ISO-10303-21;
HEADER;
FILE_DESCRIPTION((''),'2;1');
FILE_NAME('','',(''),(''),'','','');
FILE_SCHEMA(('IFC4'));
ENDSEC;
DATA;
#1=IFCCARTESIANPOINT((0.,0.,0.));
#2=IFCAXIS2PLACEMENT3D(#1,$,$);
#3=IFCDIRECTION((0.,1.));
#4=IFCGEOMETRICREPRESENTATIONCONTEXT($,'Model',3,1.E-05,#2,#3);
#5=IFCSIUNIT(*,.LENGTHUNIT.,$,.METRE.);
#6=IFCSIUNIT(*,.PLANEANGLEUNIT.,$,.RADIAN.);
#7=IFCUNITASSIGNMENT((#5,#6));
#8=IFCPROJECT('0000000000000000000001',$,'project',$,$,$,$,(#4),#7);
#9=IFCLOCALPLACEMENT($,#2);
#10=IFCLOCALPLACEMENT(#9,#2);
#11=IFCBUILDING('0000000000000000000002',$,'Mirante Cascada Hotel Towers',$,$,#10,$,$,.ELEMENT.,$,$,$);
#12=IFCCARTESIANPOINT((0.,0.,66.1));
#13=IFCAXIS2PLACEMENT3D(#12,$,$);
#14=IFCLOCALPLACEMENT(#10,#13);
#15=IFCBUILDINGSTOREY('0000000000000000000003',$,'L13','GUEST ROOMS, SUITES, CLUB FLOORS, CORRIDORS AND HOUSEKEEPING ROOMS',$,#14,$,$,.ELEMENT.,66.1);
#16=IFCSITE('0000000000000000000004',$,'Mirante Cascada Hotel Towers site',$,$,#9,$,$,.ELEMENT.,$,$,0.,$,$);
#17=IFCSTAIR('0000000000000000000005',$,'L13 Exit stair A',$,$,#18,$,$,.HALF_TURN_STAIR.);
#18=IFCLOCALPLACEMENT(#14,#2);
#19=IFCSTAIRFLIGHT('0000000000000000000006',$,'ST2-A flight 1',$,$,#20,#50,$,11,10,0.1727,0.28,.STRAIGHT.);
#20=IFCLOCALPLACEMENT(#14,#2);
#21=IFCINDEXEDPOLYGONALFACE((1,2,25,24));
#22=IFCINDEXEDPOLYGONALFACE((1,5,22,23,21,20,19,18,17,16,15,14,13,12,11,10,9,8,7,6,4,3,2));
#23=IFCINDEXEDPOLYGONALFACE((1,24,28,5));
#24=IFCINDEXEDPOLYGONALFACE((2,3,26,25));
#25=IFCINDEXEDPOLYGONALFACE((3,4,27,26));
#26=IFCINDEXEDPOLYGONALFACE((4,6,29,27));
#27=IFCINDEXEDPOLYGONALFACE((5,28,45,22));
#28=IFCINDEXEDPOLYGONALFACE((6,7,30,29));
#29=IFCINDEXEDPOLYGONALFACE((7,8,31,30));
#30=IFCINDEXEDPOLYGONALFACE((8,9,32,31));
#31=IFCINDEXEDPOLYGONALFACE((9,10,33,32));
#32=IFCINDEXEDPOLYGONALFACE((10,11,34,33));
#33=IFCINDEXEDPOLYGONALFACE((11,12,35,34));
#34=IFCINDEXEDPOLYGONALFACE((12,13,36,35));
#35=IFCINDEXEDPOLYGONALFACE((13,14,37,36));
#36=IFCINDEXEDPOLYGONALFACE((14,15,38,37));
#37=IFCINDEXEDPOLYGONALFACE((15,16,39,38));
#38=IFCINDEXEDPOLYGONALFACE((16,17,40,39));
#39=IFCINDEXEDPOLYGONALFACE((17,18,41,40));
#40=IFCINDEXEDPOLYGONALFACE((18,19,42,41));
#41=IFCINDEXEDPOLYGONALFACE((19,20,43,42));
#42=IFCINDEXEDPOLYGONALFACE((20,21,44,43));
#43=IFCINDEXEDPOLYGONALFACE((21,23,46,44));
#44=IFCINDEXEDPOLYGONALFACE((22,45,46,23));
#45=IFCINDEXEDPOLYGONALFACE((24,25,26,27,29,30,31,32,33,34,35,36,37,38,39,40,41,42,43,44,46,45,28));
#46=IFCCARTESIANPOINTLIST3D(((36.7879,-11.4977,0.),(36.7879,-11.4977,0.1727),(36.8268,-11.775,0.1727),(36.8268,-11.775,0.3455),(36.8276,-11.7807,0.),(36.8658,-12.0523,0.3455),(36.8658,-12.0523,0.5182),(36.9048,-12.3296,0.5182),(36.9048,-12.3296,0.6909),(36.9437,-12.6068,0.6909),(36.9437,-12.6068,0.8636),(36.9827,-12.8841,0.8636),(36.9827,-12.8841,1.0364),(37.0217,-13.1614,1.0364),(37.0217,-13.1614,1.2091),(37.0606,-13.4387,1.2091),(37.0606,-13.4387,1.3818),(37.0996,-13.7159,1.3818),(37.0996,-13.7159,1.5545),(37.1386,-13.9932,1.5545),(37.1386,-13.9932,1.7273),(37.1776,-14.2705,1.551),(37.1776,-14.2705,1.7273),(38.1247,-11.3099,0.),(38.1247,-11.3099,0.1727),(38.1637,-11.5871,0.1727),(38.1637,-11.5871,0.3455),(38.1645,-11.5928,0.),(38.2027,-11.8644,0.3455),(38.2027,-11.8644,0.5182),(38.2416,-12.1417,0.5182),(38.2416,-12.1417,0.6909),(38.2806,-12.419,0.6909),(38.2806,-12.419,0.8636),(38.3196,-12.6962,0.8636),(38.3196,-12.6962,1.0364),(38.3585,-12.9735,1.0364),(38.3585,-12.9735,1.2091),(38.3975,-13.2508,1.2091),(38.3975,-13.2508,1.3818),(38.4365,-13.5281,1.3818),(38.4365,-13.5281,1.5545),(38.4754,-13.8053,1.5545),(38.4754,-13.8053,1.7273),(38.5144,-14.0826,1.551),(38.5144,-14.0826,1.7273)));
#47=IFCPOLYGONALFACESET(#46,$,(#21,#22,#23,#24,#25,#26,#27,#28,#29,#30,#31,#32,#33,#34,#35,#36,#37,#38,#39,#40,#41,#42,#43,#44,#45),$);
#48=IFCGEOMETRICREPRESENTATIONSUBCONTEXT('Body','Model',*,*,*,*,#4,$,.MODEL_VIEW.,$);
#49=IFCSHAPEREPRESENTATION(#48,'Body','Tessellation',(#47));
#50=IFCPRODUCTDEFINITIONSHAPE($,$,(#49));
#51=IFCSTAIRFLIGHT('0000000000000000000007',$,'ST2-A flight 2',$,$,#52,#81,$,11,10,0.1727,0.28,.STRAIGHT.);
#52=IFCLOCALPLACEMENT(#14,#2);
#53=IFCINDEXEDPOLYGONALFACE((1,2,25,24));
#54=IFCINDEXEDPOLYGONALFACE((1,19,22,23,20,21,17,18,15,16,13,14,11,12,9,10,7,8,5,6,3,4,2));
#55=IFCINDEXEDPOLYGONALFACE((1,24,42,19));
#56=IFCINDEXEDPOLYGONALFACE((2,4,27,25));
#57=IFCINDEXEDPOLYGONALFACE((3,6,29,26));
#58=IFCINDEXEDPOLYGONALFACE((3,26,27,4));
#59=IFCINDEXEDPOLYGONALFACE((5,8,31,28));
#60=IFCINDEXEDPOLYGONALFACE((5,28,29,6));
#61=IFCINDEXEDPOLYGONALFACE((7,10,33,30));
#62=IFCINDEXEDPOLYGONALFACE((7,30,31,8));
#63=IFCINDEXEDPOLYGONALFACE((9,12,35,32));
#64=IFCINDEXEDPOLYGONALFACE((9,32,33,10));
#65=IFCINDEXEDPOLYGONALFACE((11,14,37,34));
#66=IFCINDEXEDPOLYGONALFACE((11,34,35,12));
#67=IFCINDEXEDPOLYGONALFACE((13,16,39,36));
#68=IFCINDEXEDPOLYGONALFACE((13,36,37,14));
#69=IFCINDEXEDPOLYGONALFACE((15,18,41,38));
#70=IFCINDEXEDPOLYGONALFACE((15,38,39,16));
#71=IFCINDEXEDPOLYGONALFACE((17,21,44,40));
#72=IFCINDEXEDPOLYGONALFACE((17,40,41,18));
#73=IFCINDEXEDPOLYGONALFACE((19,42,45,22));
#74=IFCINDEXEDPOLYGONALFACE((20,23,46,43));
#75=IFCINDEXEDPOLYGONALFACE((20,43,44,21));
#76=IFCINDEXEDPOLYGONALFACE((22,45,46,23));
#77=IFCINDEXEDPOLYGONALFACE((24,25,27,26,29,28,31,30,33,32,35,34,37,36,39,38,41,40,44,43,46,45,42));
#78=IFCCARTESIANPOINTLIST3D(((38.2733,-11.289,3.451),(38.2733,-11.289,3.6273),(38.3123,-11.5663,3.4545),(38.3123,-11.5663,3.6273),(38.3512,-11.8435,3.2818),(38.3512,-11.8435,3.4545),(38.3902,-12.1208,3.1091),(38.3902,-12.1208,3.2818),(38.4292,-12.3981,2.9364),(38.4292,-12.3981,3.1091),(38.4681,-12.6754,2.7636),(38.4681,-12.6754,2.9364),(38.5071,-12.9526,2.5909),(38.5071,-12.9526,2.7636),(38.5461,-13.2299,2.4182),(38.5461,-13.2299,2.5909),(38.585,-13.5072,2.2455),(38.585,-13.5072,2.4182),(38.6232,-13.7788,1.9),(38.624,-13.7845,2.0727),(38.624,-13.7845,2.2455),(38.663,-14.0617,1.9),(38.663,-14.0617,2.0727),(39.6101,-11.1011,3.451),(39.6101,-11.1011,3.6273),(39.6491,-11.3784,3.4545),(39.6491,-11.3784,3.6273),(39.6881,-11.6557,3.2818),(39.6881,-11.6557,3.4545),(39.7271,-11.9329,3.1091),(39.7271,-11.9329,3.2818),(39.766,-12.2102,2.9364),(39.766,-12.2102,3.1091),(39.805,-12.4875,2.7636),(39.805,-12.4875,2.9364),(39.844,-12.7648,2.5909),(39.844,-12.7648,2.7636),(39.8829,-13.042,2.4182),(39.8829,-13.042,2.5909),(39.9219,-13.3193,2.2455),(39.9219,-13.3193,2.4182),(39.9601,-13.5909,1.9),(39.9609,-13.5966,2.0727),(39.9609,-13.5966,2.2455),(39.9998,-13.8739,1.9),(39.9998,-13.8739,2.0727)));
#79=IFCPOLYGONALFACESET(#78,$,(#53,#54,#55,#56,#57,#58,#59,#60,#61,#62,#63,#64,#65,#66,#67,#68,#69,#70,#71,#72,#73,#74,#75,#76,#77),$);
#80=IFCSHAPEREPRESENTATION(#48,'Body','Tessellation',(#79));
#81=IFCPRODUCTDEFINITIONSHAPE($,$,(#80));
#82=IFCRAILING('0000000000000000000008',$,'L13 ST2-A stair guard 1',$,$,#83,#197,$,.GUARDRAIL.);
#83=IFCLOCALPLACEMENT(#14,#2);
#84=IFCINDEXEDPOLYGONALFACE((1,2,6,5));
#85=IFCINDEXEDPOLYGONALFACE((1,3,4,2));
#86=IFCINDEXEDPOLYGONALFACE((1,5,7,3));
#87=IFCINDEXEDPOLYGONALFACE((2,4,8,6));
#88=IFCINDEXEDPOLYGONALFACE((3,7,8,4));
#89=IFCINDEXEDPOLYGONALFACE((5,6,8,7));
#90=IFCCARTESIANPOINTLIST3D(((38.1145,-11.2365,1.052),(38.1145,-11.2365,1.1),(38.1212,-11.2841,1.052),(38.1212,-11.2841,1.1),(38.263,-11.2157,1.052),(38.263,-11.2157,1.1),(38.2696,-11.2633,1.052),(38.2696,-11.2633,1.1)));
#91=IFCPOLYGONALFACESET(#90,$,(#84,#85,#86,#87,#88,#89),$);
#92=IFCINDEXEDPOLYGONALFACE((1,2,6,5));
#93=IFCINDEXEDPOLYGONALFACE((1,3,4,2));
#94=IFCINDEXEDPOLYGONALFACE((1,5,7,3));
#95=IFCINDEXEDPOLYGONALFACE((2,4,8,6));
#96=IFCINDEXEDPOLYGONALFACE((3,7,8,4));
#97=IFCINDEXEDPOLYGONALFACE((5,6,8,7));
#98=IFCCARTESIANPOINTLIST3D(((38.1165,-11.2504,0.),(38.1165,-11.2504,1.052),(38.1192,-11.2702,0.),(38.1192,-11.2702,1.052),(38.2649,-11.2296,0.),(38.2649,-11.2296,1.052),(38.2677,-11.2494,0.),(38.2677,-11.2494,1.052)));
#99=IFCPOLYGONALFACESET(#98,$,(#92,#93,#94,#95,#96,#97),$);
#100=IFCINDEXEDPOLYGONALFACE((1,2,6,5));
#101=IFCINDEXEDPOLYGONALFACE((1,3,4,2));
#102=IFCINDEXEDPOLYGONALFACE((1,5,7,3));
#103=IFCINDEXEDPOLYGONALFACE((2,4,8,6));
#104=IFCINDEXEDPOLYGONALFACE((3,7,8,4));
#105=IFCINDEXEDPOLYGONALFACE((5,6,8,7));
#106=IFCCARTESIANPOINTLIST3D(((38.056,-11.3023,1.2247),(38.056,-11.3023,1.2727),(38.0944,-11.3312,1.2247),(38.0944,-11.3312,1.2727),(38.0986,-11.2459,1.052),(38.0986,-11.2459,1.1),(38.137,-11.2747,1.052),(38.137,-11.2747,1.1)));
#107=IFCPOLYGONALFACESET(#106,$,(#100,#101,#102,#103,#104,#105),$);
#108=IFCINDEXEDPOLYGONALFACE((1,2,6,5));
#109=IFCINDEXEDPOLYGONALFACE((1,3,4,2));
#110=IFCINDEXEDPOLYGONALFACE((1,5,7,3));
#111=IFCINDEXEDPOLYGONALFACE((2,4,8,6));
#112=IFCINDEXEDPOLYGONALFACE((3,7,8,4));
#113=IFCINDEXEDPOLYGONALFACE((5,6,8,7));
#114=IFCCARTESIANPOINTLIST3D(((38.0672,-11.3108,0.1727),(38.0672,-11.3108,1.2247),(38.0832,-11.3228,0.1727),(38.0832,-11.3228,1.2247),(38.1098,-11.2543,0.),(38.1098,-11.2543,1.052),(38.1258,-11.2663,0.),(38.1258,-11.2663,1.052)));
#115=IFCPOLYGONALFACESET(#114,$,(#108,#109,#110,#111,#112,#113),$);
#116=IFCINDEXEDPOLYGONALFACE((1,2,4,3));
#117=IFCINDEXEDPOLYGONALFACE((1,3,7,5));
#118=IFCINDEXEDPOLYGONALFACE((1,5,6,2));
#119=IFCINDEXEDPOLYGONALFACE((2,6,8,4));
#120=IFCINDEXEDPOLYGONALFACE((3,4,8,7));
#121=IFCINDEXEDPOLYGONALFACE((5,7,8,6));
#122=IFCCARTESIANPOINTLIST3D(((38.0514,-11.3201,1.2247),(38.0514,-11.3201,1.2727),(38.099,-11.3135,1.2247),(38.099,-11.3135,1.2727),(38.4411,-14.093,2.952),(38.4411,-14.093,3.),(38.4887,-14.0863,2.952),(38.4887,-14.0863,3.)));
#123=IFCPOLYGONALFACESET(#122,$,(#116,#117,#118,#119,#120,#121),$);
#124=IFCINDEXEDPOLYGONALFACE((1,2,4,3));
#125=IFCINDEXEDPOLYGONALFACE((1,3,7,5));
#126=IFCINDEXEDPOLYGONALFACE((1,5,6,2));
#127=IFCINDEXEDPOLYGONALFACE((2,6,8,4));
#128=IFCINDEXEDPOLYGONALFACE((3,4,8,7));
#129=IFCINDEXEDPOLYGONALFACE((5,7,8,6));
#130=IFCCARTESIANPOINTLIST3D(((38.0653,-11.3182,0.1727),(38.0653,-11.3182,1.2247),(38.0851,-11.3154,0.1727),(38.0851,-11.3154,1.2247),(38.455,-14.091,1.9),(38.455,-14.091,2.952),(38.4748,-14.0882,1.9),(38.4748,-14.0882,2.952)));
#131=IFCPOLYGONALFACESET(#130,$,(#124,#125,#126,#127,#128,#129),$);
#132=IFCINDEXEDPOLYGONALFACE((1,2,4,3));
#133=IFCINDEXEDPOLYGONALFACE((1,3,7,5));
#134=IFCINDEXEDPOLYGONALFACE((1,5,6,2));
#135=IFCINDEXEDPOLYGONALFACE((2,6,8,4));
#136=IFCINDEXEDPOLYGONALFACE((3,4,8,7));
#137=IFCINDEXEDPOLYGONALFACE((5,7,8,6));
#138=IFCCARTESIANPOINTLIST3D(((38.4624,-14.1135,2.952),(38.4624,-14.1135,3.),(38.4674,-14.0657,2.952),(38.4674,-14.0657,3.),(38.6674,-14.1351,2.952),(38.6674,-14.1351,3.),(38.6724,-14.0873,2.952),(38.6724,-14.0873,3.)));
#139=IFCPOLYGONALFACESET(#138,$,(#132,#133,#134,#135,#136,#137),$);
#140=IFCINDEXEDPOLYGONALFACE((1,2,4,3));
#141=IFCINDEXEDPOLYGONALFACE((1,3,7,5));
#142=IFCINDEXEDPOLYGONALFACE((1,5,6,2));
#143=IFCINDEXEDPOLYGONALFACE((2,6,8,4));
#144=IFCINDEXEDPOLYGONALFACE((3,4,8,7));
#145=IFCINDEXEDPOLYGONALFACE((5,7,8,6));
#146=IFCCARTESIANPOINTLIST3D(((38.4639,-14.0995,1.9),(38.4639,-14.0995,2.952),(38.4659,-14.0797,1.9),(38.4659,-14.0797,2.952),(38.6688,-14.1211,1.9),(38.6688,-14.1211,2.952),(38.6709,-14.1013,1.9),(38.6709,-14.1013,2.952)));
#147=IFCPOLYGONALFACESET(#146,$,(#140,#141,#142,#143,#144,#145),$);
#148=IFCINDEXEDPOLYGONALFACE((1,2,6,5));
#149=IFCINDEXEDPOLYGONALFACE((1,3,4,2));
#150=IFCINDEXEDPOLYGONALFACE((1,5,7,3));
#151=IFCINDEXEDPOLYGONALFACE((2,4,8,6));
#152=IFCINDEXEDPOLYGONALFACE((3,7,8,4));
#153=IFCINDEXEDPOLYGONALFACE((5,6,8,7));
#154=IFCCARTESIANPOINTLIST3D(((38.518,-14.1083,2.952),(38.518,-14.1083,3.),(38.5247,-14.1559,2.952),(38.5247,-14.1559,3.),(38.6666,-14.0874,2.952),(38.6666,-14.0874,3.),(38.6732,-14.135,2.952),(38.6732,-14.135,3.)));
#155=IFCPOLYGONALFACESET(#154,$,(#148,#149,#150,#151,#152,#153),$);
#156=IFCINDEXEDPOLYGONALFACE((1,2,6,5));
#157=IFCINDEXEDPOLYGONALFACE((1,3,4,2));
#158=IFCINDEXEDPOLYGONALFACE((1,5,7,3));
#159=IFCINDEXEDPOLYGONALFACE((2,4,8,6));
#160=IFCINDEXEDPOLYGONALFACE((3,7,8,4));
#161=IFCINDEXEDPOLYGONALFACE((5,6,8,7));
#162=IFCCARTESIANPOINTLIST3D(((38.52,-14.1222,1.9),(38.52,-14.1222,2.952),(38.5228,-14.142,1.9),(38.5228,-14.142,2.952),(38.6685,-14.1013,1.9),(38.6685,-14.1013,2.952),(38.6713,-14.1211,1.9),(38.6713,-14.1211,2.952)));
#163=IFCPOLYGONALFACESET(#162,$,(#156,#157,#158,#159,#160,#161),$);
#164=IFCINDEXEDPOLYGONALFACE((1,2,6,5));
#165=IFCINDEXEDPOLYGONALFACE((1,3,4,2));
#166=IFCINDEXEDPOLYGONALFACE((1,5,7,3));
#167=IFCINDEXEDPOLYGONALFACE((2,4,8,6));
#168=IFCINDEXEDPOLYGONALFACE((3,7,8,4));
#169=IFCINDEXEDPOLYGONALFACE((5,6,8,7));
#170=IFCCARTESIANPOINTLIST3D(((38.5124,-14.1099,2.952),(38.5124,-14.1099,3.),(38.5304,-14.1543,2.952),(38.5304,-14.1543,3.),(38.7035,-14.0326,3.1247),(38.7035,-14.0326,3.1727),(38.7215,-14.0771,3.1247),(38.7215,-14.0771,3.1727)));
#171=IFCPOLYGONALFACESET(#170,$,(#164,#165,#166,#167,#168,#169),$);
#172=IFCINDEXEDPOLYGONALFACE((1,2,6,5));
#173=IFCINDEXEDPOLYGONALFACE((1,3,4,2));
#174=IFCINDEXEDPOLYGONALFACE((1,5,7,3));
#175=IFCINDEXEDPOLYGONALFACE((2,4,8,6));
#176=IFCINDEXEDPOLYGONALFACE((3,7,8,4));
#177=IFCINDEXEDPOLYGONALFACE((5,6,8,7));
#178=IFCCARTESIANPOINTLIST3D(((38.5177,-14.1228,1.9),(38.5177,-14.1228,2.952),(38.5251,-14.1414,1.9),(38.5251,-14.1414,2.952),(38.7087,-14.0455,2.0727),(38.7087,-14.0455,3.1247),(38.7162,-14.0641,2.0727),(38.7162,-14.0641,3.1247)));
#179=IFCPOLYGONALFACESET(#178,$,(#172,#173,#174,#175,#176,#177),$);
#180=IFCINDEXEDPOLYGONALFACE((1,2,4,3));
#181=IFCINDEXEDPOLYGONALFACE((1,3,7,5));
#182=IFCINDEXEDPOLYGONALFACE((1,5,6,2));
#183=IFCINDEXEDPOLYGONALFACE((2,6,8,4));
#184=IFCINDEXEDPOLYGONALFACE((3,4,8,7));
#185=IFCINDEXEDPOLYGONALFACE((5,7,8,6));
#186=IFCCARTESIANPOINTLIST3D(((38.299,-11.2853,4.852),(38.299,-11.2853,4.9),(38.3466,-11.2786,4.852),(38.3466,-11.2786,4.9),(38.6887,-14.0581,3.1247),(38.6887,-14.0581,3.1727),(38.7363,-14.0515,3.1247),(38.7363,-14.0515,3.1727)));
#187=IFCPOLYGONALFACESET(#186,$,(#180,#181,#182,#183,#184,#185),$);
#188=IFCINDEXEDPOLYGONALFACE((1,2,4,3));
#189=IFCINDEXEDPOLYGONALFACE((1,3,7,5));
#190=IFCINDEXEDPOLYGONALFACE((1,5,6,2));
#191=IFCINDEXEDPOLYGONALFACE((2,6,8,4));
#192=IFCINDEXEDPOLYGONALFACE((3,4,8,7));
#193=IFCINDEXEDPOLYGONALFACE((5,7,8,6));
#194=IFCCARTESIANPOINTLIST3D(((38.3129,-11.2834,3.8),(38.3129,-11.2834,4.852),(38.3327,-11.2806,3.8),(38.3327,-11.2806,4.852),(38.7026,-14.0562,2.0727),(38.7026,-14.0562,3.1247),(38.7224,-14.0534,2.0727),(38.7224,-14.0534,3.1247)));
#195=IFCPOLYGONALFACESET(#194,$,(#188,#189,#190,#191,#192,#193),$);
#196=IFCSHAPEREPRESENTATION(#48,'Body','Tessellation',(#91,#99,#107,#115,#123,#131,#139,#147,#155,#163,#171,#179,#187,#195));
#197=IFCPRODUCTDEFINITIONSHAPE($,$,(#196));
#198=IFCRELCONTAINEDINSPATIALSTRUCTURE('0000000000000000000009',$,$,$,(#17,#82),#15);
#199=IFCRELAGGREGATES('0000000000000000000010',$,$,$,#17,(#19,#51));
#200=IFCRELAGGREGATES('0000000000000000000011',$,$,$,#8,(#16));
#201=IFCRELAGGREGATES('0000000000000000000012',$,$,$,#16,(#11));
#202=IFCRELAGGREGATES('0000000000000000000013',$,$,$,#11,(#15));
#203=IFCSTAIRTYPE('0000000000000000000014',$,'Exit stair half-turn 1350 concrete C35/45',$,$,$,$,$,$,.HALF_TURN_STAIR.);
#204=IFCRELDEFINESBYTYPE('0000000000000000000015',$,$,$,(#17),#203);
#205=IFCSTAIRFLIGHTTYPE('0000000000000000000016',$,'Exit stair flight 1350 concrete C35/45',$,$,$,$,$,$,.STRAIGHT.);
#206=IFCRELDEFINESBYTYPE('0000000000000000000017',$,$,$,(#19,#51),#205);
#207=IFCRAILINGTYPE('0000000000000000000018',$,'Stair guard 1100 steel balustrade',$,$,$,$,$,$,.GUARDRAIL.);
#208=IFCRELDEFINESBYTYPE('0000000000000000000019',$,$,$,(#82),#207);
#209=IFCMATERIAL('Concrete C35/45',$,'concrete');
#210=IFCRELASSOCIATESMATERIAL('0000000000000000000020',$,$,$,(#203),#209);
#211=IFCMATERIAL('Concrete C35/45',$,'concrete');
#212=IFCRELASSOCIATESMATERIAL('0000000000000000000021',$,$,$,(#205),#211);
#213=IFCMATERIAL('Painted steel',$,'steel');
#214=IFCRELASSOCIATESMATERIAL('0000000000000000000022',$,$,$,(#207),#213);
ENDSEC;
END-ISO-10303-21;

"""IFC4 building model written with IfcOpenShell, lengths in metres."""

from ifc_helpers import new_model, si_unit, direction, frame, origin, origin_2d, place, context, subcontext, project, spatial, polyline, rectangle, outline, extrude, material, type_object, element, aggregate, save


model = new_model("IFC4")

# Units and contexts
model_context = context("Model", 3, precision=1e-05, world=origin(), true_north=direction((0.0, 1.0)))
body_context = subcontext(model_context, "Body", "Model", "MODEL_VIEW")
ifc_project = project(units=[si_unit("LENGTHUNIT", "METRE"), si_unit("PLANEANGLEUNIT", "RADIAN")], contexts=[model_context])

# Site, building, storey
site_placement = place(None, origin())
site = spatial("IfcSite", under=ifc_project, at=site_placement, Name="Mirante Cascada Hotel Towers site", CompositionType="ELEMENT", RefElevation=0.0)
building_placement = place(site_placement, origin())
building = spatial("IfcBuilding", under=site, at=building_placement, Name="Mirante Cascada Hotel Towers", CompositionType="ELEMENT")
storey_placement = place(building_placement, frame((0.0, 0.0, 66.1)))
storey = spatial("IfcBuildingStorey", under=building, at=storey_placement, Name="L13", Description="GUEST ROOMS, SUITES, CLUB FLOORS, CORRIDORS AND HOUSEKEEPING ROOMS", CompositionType="ELEMENT", Elevation=66.1)

# Stair, stair flights
ifc_material_1 = material(Name="Concrete C35/45", Category="concrete")
stair_type = type_object("IfcStairType", Name="Exit stair half-turn 1350 concrete C35/45", PredefinedType="HALF_TURN_STAIR", material=ifc_material_1)
stair_placement = place(storey_placement, origin())
stair = element("IfcStair", 1, at=stair_placement, inside=storey, type_object=stair_type, Name="L13 Exit stair A", PredefinedType="HALF_TURN_STAIR")
ifc_material_2 = material(Name="Concrete C35/45", Category="concrete")
stair_flight_type = type_object("IfcStairFlightType", Name="Exit stair flight 1350 concrete C35/45", PredefinedType="STRAIGHT", material=ifc_material_2)
stair_flight_1_placement = place(storey_placement, frame((37.4563, -11.4038, 0.0), z_axis=(0.0, 0.0, 1.0), x_axis=(0.139173, -0.990268, 0.0)))
stair_flight_1 = element("IfcStairFlight", 2, at=stair_flight_1_placement, type_object=stair_flight_type, Name="ST2-A flight 1", NumberOfRisers=11, NumberOfTreads=10, PredefinedType="STRAIGHT", RiserHeight=0.1727, TreadLength=0.28, context=body_context, shape_type="SweptSolid", body=[
    extrude(outline(polyline([(0.0, 0.0), (0.0, 0.1727), (0.28, 0.1727), (0.28, 0.3455), (0.56, 0.3455), (0.56, 0.5182), (0.84, 0.5182), (0.84, 0.6909), (1.12, 0.6909), (1.12, 0.8636), (1.4, 0.8636), (1.4, 1.0364), (1.68, 1.0364), (1.68, 1.2091), (1.96, 1.2091), (1.96, 1.3818), (2.24, 1.3818), (2.24, 1.5545), (2.52, 1.5545), (2.52, 1.7273), (2.8, 1.7273), (2.8, 1.9), (2.8, 1.551), (0.2857, 0.0), (0.0, 0.0)])), frame((0.0, 0.675, 0.0), z_axis=(0.0, -1.0, 0.0), x_axis=(1.0, 0.0, 0.0)), (0.0, 0.0, 1.0), 1.35),
])
stair_flight_2_placement = place(storey_placement, frame((39.3314, -13.9678, 1.9), z_axis=(0.0, 0.0, 1.0), x_axis=(-0.139173, 0.990268, 0.0)))
stair_flight_2 = element("IfcStairFlight", 3, at=stair_flight_2_placement, type_object=stair_flight_type, Name="ST2-A flight 2", NumberOfRisers=11, NumberOfTreads=10, PredefinedType="STRAIGHT", RiserHeight=0.1727, TreadLength=0.28, context=body_context, shape_type="SweptSolid", body=[
    extrude(outline(polyline([(0.0, 0.0), (0.0, 0.1727), (0.28, 0.1727), (0.28, 0.3455), (0.56, 0.3455), (0.56, 0.5182), (0.84, 0.5182), (0.84, 0.6909), (1.12, 0.6909), (1.12, 0.8636), (1.4, 0.8636), (1.4, 1.0364), (1.68, 1.0364), (1.68, 1.2091), (1.96, 1.2091), (1.96, 1.3818), (2.24, 1.3818), (2.24, 1.5545), (2.52, 1.5545), (2.52, 1.7273), (2.8, 1.7273), (2.8, 1.9), (2.8, 1.551), (0.2857, 0.0), (0.0, 0.0)])), frame((0.0, 0.675, 0.0), z_axis=(0.0, -1.0, 0.0), x_axis=(1.0, 0.0, 0.0)), (0.0, 0.0, 1.0), 1.35),
])
aggregate(stair, [stair_flight_1, stair_flight_2])

# Railing
ifc_material_3 = material(Name="Painted steel", Category="steel")
railing_type = type_object("IfcRailingType", Name="Stair guard 1100 steel balustrade", PredefinedType="GUARDRAIL", material=ifc_material_3)
railing_placement = place(storey_placement, frame((38.2663, -11.2395, 0.0)))
element("IfcRailing", 4, at=railing_placement, inside=storey, type_object=railing_type, Name="L13 ST2-A stair guard 1", PredefinedType="GUARDRAIL", context=body_context, shape_type="SweptSolid", body=[
    extrude(rectangle(XDim=0.048, YDim=0.048, at=origin_2d()), frame((0.0, 0.0, 1.076), z_axis=(-0.990333, -0.138713, 0.0), x_axis=(0.138713, -0.990333, 0.0)), (0.0, 0.0, 1.0), 0.1499),
    extrude(rectangle(XDim=0.02, YDim=1.052, at=origin_2d()), frame((0.0, 0.0, 0.526), z_axis=(-0.990333, -0.138713, 0.0), x_axis=(0.138713, -0.990333, 0.0)), (0.0, 0.0, 1.0), 0.1499),
    extrude(rectangle(XDim=0.048, YDim=0.048, at=origin_2d()), frame((-0.1485, -0.0208, 1.076), z_axis=(-0.602033, -0.798471, 0.0), x_axis=(0.798471, -0.602033, 0.0)), (0.0, 0.92534, 0.379139), 0.1866),
    extrude(rectangle(XDim=0.02, YDim=1.052, at=origin_2d()), frame((-0.1485, -0.0208, 0.526), z_axis=(-0.602033, -0.798471, 0.0), x_axis=(0.798471, -0.602033, 0.0)), (0.0, 0.92534, 0.379139), 0.1866),
    extrude(rectangle(XDim=0.048, YDim=0.048, at=origin_2d()), frame((-0.1911, -0.0773, 1.2487), z_axis=(0.139176, -0.990268, 0.0), x_axis=(0.990268, 0.139176, 0.0)), (0.0, 0.525021, 0.851089), 3.29),
    extrude(rectangle(XDim=0.02, YDim=1.052, at=origin_2d()), frame((-0.1911, -0.0773, 0.6987), z_axis=(0.139176, -0.990268, 0.0), x_axis=(0.990268, 0.139176, 0.0)), (0.0, 0.525021, 0.851089), 3.29),
    extrude(rectangle(XDim=0.048, YDim=0.048, at=origin_2d()), frame((0.1986, -2.8501, 2.976), z_axis=(0.994495, -0.104786, 0.0), x_axis=(0.104786, 0.994495, 0.0)), (0.0, 0.0, 1.0), 0.2061),
    extrude(rectangle(XDim=0.02, YDim=1.052, at=origin_2d()), frame((0.1986, -2.8501, 2.426), z_axis=(0.994495, -0.104786, 0.0), x_axis=(0.104786, 0.994495, 0.0)), (0.0, 0.0, 1.0), 0.2061),
    extrude(rectangle(XDim=0.048, YDim=0.048, at=origin_2d()), frame((0.4036, -2.8717, 2.976), z_axis=(-0.990241, -0.139367, 0.0), x_axis=(0.139367, -0.990241, 0.0)), (0.0, 0.0, 1.0), 0.15),
    extrude(rectangle(XDim=0.02, YDim=1.052, at=origin_2d()), frame((0.4036, -2.8717, 2.426), z_axis=(-0.990241, -0.139367, 0.0), x_axis=(0.139367, -0.990241, 0.0)), (0.0, 0.0, 1.0), 0.15),
    extrude(rectangle(XDim=0.048, YDim=0.048, at=origin_2d()), frame((0.2551, -2.8926, 2.976), z_axis=(0.927031, 0.374984, 0.0), x_axis=(-0.374984, 0.927031, 0.0)), (0.0, 0.64219, 0.766545), 0.2689),
    extrude(rectangle(XDim=0.02, YDim=1.052, at=origin_2d()), frame((0.2551, -2.8926, 2.426), z_axis=(0.927031, 0.374984, 0.0), x_axis=(-0.374984, 0.927031, 0.0)), (0.0, 0.64219, 0.766545), 0.2689),
    extrude(rectangle(XDim=0.048, YDim=0.048, at=origin_2d()), frame((0.4462, -2.8153, 3.1487), z_axis=(-0.139176, 0.990268, 0.0), x_axis=(-0.990268, -0.139176, 0.0)), (0.0, 0.525021, 0.851089), 3.29),
    extrude(rectangle(XDim=0.02, YDim=1.052, at=origin_2d()), frame((0.4462, -2.8153, 2.5987), z_axis=(-0.139176, 0.990268, 0.0), x_axis=(-0.990268, -0.139176, 0.0)), (0.0, 0.525021, 0.851089), 3.29),
])

save(model, "model.ifc")
